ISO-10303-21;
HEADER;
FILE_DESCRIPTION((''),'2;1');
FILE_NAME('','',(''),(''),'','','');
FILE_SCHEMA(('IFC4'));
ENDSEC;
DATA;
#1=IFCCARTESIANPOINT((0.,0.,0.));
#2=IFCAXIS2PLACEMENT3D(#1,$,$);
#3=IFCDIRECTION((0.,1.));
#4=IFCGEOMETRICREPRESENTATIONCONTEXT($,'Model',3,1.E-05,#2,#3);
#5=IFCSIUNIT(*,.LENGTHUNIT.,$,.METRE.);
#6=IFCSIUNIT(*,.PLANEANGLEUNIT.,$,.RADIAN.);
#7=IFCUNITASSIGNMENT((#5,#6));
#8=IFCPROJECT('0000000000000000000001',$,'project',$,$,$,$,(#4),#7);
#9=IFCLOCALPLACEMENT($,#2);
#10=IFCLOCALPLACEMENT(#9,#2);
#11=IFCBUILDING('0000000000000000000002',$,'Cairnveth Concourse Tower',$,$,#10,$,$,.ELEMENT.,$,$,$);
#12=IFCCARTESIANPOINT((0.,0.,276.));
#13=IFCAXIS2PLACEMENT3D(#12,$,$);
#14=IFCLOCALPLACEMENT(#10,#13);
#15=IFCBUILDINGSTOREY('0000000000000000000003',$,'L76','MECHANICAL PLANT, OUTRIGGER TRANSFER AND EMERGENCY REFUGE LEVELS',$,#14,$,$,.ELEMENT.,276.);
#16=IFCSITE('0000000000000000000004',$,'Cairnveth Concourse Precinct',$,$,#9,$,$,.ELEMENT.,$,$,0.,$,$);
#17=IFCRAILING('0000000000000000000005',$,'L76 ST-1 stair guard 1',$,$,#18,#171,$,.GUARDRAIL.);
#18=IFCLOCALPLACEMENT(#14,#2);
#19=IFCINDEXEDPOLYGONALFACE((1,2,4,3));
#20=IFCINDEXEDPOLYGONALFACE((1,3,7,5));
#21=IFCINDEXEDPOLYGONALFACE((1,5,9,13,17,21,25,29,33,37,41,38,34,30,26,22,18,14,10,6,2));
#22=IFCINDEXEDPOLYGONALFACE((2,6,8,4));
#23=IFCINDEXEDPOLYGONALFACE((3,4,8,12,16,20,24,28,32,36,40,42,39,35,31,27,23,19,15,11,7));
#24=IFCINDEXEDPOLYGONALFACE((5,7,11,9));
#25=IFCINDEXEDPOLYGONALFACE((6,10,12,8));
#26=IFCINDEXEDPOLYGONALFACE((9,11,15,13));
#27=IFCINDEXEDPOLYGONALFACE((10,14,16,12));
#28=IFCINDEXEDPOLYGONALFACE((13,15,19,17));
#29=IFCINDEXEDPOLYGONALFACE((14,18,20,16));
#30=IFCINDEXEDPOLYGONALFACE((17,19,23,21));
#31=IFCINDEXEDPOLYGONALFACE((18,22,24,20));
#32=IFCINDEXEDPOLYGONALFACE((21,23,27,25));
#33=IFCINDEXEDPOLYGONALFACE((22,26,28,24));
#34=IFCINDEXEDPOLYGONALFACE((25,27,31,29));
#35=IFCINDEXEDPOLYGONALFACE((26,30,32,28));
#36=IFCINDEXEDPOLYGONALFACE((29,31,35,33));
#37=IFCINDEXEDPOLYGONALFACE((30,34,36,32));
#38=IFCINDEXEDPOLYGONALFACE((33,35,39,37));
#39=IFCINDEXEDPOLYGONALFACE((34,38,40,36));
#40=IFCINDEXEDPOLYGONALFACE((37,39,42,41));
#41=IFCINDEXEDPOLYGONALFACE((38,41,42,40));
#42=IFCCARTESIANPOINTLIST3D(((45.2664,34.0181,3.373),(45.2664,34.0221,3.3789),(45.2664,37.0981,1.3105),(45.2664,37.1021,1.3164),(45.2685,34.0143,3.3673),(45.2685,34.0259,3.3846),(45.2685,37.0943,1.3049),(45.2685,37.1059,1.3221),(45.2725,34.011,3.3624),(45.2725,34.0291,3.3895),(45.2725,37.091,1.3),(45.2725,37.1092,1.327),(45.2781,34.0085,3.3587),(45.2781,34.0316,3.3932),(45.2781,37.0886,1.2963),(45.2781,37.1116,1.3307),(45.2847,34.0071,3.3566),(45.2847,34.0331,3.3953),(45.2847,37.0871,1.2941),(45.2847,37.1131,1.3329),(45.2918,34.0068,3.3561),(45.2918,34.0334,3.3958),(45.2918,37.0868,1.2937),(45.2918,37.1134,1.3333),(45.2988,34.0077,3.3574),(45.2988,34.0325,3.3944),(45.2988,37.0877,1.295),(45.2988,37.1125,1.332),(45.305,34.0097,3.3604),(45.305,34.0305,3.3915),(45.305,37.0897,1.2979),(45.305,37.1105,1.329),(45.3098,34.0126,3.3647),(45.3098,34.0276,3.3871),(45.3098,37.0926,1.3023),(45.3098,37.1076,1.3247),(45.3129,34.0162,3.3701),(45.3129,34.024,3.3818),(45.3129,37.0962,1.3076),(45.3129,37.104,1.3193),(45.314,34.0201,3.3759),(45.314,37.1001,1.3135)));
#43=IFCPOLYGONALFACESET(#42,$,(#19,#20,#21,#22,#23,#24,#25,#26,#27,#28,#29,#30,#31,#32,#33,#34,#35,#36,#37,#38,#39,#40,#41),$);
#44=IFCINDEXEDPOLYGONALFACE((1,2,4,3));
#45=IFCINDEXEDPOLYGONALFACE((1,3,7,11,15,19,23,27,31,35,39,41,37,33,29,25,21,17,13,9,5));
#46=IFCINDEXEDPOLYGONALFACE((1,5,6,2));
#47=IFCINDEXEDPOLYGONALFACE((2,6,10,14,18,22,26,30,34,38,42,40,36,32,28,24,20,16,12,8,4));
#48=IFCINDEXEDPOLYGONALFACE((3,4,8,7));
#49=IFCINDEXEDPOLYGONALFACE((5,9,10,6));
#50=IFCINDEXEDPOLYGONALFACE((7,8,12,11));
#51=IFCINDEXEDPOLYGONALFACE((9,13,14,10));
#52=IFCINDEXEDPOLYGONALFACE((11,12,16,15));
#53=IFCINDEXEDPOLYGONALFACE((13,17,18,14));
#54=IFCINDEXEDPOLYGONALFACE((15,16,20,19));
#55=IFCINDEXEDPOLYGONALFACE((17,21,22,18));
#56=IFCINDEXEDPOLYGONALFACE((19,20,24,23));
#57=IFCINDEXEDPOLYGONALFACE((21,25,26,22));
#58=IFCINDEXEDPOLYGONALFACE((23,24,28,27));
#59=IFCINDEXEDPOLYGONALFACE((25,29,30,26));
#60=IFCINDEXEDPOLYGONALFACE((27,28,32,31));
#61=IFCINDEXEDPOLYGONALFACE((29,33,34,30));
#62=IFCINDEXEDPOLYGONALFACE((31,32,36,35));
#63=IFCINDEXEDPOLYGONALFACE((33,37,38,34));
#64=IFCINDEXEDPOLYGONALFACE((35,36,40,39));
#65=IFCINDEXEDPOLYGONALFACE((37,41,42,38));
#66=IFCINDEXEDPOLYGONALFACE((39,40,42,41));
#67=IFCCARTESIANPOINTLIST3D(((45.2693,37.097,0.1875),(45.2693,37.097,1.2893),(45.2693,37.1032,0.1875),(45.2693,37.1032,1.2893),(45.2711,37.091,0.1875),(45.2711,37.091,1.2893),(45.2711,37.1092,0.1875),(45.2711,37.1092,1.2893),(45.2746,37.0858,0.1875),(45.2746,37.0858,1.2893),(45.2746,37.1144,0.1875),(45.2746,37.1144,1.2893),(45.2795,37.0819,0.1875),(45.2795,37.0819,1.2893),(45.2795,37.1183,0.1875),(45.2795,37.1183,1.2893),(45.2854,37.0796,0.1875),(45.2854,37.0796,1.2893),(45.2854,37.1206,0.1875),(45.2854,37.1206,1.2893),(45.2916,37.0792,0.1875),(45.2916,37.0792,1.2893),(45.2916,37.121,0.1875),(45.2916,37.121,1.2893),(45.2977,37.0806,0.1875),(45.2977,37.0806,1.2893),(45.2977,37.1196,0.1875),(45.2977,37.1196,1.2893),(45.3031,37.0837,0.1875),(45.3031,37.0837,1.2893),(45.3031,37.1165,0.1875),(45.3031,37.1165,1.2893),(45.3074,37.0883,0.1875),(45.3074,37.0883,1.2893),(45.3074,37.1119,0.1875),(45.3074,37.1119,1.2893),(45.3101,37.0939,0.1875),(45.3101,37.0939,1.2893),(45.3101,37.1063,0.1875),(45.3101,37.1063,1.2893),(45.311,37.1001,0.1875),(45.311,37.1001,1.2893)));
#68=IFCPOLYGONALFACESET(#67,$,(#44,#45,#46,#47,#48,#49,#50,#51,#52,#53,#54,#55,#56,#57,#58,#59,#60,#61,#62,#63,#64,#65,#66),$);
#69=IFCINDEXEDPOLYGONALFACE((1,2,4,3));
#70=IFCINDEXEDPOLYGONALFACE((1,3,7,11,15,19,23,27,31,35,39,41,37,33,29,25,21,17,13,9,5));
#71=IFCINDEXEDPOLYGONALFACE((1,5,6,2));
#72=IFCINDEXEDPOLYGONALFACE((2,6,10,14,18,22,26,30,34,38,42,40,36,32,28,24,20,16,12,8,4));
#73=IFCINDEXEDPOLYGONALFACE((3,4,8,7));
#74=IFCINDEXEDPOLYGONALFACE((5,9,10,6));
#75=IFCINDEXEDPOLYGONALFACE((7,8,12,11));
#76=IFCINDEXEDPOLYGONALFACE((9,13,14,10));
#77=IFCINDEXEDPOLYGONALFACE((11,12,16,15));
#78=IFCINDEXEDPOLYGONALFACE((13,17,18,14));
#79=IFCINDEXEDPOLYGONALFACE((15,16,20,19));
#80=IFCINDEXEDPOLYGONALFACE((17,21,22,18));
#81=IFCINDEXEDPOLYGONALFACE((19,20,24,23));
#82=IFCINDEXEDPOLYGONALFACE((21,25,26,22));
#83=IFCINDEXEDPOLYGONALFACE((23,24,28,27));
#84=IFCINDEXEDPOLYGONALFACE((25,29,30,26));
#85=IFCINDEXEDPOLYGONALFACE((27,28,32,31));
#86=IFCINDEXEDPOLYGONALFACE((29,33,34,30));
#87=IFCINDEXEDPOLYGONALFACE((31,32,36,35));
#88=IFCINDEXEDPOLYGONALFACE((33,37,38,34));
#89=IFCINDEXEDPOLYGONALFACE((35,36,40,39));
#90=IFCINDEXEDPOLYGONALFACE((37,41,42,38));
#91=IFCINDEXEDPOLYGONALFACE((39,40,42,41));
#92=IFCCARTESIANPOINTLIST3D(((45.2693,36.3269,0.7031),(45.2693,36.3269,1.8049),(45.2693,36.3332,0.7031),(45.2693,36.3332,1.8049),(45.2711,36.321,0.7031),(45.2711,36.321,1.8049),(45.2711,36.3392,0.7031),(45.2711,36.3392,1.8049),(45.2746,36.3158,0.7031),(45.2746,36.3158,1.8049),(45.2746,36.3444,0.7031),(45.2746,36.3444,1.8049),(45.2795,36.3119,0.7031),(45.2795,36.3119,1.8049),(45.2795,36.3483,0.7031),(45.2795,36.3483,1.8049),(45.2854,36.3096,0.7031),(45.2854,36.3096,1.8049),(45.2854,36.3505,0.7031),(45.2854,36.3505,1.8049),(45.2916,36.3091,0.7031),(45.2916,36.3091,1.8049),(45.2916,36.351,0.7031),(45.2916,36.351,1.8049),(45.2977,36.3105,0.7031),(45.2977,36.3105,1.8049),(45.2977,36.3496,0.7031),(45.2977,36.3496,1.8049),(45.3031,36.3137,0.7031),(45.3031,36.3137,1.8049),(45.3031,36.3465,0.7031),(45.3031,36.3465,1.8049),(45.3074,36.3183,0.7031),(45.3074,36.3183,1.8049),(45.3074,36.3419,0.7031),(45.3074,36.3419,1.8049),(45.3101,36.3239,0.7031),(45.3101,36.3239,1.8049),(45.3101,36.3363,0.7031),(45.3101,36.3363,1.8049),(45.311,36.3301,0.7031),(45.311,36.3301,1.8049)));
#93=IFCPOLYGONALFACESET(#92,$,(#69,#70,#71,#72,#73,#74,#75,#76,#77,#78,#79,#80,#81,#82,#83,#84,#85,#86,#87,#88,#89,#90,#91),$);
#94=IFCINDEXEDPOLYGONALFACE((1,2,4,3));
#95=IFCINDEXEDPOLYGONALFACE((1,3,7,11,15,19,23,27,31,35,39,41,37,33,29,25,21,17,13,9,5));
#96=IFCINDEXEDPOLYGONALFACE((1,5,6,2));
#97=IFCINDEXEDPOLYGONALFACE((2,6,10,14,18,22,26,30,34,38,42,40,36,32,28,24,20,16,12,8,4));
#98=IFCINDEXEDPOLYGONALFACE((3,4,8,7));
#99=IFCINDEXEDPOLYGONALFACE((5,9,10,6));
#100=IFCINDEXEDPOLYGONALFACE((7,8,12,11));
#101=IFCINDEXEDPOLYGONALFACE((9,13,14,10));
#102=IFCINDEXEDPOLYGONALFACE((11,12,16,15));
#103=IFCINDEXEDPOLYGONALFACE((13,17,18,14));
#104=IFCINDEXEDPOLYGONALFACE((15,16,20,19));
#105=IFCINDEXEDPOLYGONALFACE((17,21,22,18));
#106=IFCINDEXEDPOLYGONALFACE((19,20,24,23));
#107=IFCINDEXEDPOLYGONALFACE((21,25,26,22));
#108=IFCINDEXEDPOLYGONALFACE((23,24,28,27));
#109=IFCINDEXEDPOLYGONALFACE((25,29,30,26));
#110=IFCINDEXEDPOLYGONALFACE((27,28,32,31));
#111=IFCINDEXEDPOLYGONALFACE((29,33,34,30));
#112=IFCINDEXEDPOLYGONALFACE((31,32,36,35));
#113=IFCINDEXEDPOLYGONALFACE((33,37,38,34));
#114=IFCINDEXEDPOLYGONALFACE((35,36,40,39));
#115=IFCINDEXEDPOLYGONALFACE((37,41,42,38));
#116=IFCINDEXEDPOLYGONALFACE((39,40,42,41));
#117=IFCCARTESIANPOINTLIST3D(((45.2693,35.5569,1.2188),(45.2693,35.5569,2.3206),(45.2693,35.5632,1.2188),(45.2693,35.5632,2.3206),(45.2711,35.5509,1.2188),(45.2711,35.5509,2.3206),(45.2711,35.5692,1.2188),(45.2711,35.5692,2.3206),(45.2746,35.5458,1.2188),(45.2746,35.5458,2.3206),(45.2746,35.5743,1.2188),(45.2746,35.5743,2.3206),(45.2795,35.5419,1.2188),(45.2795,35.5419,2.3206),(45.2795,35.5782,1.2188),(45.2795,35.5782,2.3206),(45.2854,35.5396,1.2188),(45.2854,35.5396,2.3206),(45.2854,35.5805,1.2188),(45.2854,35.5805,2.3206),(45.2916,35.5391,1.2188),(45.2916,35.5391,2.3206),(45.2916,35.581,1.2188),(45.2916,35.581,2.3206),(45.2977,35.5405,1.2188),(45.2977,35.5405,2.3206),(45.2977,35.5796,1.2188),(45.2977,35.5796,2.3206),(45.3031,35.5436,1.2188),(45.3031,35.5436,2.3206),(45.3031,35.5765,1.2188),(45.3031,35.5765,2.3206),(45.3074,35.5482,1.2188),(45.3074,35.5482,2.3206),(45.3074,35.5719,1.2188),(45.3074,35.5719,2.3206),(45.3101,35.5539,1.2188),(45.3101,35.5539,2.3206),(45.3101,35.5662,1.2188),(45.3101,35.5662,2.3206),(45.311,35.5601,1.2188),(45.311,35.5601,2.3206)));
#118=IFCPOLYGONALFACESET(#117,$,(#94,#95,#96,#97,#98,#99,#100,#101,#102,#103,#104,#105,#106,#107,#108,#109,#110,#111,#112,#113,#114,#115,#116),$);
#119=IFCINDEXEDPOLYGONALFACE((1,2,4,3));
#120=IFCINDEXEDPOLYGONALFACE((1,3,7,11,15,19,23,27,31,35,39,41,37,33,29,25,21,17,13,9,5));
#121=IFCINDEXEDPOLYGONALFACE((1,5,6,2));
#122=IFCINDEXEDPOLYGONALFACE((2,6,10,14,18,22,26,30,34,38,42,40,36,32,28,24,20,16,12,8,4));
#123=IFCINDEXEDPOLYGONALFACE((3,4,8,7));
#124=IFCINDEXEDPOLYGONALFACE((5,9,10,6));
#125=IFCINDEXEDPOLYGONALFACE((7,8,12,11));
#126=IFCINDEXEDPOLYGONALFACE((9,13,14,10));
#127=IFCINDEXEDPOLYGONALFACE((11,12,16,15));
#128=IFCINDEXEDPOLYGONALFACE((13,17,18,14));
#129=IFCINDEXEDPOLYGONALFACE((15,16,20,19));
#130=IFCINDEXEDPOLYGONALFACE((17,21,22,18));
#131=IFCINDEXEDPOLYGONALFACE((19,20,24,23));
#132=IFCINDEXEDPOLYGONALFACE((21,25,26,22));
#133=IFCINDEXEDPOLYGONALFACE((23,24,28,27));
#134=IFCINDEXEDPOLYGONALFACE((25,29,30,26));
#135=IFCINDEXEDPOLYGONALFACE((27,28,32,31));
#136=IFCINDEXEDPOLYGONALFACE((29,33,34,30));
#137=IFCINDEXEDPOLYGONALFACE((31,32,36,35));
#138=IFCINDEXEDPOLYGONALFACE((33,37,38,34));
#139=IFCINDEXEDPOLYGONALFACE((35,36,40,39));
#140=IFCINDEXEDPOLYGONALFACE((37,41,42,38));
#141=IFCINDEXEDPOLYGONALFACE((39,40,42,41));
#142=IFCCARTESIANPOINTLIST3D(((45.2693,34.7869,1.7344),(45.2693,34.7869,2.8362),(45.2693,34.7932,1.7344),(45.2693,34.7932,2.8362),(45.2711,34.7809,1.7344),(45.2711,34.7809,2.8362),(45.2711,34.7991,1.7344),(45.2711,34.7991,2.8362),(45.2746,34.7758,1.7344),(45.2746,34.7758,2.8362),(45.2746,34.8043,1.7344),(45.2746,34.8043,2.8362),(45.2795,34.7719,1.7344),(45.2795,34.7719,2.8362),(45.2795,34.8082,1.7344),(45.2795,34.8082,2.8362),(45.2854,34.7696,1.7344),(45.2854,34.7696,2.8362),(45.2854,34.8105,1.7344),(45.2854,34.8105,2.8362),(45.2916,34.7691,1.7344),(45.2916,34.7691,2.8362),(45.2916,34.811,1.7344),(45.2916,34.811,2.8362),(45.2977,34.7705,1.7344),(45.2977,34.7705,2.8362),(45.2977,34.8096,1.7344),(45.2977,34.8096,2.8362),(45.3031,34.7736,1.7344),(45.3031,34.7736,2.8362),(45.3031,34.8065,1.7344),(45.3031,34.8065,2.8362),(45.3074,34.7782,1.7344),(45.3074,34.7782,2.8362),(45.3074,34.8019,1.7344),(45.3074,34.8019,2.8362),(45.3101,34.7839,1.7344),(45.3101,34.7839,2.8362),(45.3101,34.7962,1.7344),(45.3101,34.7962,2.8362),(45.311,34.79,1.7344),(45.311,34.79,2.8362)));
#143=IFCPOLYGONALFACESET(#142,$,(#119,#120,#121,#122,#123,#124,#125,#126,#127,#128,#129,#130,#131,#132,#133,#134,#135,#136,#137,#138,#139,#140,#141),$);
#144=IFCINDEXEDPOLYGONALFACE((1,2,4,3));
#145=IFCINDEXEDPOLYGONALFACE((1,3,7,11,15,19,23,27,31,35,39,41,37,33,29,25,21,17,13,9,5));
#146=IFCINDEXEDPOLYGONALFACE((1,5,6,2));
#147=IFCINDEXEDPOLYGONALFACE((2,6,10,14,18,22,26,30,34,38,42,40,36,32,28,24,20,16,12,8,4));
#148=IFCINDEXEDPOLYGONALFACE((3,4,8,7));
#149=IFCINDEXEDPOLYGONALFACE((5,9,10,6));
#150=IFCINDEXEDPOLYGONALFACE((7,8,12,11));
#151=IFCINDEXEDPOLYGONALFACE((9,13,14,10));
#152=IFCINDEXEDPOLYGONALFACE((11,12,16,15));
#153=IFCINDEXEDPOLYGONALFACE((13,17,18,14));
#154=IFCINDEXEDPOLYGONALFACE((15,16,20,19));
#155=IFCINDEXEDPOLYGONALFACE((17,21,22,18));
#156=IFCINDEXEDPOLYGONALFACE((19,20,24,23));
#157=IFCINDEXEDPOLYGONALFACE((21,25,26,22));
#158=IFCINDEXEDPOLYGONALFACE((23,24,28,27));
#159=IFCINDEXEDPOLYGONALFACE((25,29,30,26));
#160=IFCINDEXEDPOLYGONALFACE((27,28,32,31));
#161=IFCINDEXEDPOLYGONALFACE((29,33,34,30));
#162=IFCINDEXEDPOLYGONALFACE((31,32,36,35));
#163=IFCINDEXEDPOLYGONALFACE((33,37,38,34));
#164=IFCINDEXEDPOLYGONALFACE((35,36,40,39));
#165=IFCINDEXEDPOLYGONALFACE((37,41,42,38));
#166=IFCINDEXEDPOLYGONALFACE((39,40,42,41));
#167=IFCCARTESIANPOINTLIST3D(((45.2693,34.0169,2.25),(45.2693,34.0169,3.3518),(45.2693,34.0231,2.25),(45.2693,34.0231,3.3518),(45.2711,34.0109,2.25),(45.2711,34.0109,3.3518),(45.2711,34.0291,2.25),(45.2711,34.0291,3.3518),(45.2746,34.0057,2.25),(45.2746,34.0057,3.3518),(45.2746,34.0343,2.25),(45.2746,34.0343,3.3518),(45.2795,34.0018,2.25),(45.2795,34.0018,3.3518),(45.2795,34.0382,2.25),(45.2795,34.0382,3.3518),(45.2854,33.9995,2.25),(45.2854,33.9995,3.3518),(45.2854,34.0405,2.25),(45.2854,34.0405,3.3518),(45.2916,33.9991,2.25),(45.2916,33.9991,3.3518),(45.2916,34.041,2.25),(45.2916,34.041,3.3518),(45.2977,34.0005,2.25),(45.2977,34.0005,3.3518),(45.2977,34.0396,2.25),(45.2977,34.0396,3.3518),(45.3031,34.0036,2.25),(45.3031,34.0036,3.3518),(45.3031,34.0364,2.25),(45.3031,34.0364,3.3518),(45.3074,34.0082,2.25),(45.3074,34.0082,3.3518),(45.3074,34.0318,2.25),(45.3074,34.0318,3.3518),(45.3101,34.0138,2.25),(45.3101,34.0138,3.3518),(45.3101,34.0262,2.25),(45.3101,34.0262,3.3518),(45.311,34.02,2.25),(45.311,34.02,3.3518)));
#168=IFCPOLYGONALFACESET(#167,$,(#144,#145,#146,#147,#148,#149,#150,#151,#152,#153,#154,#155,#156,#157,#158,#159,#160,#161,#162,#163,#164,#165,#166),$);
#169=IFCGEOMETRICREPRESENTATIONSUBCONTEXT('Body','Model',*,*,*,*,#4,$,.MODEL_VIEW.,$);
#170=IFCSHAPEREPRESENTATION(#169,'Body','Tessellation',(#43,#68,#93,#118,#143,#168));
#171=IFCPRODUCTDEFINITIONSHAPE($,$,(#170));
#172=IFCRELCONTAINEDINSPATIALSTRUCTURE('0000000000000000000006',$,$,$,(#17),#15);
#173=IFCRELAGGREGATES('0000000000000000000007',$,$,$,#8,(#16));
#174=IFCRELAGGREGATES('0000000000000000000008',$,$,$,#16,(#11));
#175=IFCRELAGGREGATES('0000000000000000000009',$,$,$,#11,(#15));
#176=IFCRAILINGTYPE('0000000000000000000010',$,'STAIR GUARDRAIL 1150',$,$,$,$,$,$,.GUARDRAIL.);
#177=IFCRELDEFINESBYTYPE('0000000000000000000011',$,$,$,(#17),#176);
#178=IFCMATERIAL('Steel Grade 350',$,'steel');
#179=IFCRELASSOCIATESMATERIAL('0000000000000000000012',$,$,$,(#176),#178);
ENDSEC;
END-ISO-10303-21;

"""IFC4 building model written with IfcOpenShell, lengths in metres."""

from ifc_helpers import new_model, si_unit, direction, frame, origin, origin_2d, place, context, subcontext, project, spatial, circle, extrude, material, type_object, element, save


model = new_model("IFC4")

# Units and contexts
model_context = context("Model", 3, precision=1e-05, world=origin(), true_north=direction((0.0, 1.0)))
body_context = subcontext(model_context, "Body", "Model", "MODEL_VIEW")
ifc_project = project(units=[si_unit("LENGTHUNIT", "METRE"), si_unit("PLANEANGLEUNIT", "RADIAN")], contexts=[model_context])

# Site, building, storey
site_placement = place(None, origin())
site = spatial("IfcSite", under=ifc_project, at=site_placement, Name="Cairnveth Concourse Precinct", CompositionType="ELEMENT", RefElevation=0.0)
building_placement = place(site_placement, origin())
building = spatial("IfcBuilding", under=site, at=building_placement, Name="Cairnveth Concourse Tower", CompositionType="ELEMENT")
storey_placement = place(building_placement, frame((0.0, 0.0, 276.0)))
storey = spatial("IfcBuildingStorey", under=building, at=storey_placement, Name="L76", Description="MECHANICAL PLANT, OUTRIGGER TRANSFER AND EMERGENCY REFUGE LEVELS", CompositionType="ELEMENT", Elevation=276.0)

# Shared definitions
ifc_material_1 = material(Name="Steel Grade 350", Category="steel")

# Railing
railing_type = type_object("IfcRailingType", Name="STAIR GUARDRAIL 1150", PredefinedType="GUARDRAIL", material=ifc_material_1)
railing_1_placement = place(storey_placement, frame((45.29, 37.1001, 0.1875)))
element("IfcRailing", 1, at=railing_1_placement, inside=storey, type_object=railing_type, Name="L76 ST-1 stair guard 1", PredefinedType="GUARDRAIL", context=body_context, shape_type="SweptSolid", body=[
    extrude(circle(Radius=0.0239, at=origin_2d()), frame((0.0, 0.0, 1.126), z_axis=(0.0, -0.830914, 0.556401), x_axis=(1.0, 0.0, 0.0)), (0.0, 0.0, 1.0), 3.7068),
    extrude(circle(Radius=0.021, at=origin_2d()), origin(), (0.0, 0.0, 1.0), 1.1018),
    extrude(circle(Radius=0.021, at=origin_2d()), frame((0.0, -0.77, 0.5156)), (0.0, 0.0, 1.0), 1.1018),
    extrude(circle(Radius=0.021, at=origin_2d()), frame((0.0, -1.54, 1.0312)), (0.0, 0.0, 1.0), 1.1018),
    extrude(circle(Radius=0.021, at=origin_2d()), frame((0.0, -2.3101, 1.5469)), (0.0, 0.0, 1.0), 1.1018),
    extrude(circle(Radius=0.021, at=origin_2d()), frame((0.0, -3.0801, 2.0625)), (0.0, 0.0, 1.0), 1.1018),
])

save(model, "model.ifc")
